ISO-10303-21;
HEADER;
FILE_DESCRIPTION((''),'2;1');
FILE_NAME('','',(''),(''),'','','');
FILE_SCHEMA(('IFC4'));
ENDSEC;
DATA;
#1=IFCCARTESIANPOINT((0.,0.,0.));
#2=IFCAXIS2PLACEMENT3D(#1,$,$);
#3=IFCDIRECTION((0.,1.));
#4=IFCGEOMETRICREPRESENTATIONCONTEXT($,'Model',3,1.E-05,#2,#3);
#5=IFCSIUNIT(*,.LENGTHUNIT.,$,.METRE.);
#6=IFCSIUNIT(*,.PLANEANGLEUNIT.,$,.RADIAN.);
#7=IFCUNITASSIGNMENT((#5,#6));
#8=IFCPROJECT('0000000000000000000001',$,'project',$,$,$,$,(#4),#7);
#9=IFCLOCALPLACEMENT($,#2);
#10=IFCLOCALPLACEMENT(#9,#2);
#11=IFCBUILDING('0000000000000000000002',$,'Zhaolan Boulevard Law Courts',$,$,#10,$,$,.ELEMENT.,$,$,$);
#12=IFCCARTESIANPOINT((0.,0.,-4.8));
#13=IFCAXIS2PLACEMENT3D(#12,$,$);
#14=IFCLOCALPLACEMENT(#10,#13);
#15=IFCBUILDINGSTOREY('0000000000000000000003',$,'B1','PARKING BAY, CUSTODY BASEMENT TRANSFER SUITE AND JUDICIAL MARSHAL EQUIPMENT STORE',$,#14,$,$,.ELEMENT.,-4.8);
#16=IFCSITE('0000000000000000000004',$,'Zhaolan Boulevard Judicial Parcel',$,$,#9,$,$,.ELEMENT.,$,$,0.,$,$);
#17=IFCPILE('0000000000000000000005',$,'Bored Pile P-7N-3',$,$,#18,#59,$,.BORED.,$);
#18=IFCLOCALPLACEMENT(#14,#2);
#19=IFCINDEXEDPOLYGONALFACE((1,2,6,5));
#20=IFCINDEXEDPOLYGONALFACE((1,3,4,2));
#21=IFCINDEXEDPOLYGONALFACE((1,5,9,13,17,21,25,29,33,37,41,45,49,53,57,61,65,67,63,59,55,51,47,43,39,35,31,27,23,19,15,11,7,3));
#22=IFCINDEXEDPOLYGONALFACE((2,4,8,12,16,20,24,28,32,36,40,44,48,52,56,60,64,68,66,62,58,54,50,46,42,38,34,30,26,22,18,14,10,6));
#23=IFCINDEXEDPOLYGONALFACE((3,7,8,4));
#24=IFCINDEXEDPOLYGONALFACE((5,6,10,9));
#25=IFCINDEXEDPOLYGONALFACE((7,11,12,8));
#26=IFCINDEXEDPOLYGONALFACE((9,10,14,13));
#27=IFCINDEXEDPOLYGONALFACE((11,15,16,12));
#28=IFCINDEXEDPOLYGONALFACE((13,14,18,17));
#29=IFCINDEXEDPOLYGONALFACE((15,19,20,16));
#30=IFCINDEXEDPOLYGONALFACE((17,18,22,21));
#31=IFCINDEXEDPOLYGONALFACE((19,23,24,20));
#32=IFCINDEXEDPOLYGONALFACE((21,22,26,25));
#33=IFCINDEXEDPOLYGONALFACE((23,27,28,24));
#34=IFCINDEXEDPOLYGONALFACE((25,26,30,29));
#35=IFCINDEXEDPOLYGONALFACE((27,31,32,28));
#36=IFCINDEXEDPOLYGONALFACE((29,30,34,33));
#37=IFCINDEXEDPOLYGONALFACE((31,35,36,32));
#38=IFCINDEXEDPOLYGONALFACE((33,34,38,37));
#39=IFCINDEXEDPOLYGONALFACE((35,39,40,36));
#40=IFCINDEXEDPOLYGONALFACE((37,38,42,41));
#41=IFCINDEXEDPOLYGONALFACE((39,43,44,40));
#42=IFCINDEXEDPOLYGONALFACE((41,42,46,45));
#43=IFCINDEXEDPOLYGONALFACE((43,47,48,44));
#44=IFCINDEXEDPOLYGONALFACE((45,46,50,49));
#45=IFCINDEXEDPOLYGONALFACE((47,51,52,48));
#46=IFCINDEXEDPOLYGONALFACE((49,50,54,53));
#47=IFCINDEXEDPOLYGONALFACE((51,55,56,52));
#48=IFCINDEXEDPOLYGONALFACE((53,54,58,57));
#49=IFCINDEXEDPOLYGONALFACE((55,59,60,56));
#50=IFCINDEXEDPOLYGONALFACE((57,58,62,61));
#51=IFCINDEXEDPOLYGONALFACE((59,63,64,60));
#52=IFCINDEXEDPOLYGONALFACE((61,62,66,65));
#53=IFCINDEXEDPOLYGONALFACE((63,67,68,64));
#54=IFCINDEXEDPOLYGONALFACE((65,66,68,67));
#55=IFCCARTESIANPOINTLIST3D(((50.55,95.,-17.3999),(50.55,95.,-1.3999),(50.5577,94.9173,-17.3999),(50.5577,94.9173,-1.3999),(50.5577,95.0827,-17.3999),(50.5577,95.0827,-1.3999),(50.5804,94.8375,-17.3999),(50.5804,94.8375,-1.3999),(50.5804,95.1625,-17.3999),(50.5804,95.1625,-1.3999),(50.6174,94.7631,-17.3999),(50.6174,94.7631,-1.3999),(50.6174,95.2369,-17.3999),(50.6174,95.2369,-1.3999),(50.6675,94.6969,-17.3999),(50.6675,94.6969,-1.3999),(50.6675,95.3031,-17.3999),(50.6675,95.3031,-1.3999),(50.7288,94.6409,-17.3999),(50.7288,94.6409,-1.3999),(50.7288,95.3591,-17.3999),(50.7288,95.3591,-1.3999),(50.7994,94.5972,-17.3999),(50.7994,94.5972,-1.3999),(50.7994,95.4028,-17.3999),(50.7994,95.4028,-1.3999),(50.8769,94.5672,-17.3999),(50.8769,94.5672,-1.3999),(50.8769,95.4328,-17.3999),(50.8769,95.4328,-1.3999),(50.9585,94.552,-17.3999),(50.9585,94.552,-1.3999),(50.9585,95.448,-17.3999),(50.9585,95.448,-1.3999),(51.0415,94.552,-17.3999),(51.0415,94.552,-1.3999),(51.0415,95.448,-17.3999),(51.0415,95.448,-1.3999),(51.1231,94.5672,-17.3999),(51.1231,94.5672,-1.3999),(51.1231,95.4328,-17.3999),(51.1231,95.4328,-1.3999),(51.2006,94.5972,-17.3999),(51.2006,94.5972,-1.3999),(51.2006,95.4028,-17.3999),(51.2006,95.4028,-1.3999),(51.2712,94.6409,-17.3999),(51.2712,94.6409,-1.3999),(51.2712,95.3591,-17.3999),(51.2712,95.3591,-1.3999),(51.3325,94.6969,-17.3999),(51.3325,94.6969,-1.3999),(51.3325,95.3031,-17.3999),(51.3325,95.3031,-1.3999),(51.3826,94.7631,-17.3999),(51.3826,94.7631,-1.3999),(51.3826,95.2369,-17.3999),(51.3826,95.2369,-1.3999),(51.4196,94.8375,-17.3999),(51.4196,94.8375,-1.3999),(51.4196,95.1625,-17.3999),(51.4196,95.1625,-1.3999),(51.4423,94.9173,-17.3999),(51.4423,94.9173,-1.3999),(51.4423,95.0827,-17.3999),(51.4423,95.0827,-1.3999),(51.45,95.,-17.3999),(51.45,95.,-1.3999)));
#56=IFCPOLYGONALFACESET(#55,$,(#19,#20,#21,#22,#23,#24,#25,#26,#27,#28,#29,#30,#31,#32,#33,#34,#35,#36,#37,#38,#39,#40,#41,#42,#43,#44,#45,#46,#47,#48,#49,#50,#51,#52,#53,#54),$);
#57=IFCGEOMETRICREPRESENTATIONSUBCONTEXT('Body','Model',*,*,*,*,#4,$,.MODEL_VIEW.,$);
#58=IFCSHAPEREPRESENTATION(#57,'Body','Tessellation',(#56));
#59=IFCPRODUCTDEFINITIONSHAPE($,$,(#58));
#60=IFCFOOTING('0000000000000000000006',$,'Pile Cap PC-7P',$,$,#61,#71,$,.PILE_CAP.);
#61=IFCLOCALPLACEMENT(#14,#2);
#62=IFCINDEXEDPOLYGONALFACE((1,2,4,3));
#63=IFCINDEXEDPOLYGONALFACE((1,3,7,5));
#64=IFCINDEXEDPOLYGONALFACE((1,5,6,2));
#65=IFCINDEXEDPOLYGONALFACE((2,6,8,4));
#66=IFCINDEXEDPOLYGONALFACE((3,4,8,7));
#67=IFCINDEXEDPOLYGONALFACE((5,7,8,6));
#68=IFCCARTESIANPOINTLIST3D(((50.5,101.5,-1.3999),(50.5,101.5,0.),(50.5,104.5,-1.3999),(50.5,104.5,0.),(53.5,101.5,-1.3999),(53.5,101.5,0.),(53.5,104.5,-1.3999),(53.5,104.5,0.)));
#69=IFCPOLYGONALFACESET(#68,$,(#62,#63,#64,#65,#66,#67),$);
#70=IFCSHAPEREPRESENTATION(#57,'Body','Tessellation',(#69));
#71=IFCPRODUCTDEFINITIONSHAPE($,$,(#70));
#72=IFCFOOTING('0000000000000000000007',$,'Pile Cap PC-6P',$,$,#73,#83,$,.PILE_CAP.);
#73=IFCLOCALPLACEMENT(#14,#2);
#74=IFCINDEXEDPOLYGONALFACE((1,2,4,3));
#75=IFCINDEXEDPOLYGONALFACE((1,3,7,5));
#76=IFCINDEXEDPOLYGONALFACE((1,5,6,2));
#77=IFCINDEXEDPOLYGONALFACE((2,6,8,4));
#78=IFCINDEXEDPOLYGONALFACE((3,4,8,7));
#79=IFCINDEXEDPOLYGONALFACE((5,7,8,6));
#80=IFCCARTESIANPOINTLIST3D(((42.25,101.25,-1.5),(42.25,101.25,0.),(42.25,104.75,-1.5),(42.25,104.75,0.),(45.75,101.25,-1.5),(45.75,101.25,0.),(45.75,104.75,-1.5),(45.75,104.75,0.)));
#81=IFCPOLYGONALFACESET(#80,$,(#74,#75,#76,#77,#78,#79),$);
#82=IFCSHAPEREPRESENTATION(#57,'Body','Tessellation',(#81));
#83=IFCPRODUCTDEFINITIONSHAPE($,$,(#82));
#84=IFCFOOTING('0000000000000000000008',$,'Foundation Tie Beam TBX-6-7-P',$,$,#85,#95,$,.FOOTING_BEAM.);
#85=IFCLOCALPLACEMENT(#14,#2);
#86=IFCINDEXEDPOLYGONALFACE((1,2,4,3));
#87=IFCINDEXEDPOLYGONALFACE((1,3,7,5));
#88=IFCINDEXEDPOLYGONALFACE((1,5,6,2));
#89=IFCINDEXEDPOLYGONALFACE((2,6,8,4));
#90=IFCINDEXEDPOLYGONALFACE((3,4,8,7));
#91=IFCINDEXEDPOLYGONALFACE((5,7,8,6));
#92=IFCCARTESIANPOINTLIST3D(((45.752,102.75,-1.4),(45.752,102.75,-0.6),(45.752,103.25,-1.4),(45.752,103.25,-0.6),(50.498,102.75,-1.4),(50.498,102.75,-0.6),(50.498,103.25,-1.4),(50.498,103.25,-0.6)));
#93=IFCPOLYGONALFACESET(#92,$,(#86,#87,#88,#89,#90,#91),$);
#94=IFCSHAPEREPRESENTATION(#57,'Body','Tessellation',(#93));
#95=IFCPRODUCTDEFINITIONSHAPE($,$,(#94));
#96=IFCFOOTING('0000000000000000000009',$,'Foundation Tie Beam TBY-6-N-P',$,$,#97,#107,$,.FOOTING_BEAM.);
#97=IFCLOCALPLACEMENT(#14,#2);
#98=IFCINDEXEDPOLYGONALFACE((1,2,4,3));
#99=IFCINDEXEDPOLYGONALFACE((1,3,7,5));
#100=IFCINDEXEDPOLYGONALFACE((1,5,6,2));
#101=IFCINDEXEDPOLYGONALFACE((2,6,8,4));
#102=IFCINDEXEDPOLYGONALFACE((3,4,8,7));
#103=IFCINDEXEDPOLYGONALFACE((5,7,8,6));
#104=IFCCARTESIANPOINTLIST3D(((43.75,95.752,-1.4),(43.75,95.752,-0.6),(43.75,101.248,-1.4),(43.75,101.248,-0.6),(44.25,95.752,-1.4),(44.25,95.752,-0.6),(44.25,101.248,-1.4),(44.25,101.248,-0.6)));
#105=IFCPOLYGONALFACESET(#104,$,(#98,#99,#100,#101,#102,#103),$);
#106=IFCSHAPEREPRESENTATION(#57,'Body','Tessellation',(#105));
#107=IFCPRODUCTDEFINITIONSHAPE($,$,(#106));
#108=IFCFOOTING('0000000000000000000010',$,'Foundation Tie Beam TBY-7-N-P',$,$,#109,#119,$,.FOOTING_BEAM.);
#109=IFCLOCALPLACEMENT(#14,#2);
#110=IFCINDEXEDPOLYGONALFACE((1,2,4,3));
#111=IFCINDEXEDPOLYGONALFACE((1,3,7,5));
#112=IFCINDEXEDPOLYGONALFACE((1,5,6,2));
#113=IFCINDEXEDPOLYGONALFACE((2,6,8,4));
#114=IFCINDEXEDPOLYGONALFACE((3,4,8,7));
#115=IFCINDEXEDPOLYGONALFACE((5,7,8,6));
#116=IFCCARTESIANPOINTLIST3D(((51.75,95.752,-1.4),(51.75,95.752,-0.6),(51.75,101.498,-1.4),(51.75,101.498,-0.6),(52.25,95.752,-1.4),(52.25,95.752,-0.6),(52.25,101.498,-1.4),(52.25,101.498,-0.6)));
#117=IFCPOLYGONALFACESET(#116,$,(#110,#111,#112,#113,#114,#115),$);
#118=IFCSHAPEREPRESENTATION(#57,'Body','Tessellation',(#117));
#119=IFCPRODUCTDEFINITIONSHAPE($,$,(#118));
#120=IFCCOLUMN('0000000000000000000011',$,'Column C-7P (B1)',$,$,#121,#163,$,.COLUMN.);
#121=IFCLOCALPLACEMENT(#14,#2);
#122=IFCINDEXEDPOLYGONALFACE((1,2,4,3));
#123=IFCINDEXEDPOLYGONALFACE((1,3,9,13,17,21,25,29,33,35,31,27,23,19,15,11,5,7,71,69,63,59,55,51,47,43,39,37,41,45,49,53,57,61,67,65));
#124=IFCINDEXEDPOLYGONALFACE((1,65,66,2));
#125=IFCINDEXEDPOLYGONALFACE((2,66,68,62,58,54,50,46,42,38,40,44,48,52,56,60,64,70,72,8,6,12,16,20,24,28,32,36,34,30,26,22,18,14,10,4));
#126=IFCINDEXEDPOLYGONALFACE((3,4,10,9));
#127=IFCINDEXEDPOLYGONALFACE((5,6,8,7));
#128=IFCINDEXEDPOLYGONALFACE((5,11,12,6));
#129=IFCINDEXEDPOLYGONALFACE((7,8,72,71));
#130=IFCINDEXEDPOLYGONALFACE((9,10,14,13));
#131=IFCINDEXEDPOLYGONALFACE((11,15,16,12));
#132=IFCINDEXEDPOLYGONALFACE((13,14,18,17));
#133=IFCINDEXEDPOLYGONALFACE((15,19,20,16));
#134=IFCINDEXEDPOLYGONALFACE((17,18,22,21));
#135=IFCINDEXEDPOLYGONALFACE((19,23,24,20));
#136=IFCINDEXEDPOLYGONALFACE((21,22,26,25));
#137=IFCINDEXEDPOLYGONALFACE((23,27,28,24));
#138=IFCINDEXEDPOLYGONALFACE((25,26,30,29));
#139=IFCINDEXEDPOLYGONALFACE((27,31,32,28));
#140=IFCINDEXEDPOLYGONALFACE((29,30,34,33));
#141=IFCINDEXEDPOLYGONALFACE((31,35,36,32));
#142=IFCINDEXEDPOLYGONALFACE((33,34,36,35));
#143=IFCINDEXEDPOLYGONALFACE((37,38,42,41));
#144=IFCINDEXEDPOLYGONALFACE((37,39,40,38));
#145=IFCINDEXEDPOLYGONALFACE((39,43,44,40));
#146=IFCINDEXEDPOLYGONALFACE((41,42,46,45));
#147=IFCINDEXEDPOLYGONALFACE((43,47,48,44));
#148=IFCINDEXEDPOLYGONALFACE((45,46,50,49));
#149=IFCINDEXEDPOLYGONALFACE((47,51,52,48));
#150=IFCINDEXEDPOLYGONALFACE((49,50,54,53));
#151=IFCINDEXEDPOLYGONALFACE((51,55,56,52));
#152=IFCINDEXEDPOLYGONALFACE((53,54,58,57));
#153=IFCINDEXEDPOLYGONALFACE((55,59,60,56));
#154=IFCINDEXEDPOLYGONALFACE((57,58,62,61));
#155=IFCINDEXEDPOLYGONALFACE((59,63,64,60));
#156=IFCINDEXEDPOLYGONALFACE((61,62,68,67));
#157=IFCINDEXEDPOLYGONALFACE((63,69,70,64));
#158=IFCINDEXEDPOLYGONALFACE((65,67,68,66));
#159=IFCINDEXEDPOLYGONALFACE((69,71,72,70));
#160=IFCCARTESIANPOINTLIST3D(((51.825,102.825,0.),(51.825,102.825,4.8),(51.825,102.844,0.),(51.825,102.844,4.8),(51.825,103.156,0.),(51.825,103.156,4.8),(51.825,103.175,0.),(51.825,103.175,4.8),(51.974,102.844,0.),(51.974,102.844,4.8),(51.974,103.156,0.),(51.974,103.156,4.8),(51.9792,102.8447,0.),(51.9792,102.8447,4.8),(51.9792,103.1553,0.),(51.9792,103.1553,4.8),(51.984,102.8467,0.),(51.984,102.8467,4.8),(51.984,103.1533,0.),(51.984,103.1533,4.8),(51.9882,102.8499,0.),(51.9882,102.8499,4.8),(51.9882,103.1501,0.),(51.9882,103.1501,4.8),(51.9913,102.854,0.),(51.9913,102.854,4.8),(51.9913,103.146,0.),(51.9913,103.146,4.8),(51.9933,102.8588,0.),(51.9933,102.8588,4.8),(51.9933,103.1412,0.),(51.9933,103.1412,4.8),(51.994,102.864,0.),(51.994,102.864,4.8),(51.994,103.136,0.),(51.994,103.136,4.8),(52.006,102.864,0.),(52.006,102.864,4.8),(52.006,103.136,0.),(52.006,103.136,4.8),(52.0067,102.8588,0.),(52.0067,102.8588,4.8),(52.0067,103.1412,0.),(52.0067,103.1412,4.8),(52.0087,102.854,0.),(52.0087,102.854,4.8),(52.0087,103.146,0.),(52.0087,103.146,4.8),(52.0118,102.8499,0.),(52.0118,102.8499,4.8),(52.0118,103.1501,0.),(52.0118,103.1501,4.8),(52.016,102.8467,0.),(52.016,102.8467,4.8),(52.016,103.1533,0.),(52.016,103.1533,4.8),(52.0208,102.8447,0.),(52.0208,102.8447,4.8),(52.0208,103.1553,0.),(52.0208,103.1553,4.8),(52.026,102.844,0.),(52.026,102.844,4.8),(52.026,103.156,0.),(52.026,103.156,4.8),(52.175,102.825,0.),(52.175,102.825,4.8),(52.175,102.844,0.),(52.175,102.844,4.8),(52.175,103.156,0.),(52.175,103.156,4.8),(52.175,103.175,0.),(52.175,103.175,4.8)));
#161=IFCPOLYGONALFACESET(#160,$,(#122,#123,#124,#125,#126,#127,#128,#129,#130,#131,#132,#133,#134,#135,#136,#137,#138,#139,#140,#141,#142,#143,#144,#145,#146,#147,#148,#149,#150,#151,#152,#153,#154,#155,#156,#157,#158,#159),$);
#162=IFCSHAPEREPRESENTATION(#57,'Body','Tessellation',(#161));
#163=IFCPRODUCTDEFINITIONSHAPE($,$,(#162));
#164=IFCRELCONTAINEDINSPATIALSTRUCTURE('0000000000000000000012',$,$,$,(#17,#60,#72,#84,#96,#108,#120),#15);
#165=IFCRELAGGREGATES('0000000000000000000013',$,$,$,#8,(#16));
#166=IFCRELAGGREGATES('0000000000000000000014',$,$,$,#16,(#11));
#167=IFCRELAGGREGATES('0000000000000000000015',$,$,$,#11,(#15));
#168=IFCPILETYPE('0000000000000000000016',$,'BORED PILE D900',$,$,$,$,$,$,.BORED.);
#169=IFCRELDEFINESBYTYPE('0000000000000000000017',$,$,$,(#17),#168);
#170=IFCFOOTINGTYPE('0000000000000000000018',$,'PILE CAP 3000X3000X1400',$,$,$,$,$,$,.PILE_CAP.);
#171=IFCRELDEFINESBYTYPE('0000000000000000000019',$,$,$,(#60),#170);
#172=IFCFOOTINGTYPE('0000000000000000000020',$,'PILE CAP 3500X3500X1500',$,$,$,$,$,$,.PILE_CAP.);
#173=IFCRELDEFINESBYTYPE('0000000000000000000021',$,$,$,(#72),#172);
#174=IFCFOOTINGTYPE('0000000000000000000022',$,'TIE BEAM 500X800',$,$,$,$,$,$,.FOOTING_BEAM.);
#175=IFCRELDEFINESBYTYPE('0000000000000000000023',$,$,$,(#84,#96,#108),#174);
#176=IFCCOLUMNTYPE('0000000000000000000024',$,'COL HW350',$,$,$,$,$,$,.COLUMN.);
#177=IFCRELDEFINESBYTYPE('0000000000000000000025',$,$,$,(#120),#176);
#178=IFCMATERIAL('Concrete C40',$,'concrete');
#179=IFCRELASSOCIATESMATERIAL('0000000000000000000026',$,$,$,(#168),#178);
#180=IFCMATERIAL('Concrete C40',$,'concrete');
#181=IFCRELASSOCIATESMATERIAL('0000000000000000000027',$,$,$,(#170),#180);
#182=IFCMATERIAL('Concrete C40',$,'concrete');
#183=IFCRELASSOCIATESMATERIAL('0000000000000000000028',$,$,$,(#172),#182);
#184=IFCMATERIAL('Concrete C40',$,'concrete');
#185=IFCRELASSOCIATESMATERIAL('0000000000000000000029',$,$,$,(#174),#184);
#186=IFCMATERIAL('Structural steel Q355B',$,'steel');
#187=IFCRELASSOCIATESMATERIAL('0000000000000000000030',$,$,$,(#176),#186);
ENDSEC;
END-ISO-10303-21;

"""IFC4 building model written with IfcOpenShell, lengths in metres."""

from ifc_helpers import new_model, si_unit, direction, frame, origin, origin_2d, place, context, subcontext, project, spatial, rectangle, circle, i_section, extrude, material, material_profile, profile_set, type_object, element, save


model = new_model("IFC4")

# Units and contexts
model_context = context("Model", 3, precision=1e-05, world=origin(), true_north=direction((0.0, 1.0)))
body_context = subcontext(model_context, "Body", "Model", "MODEL_VIEW")
ifc_project = project(units=[si_unit("LENGTHUNIT", "METRE"), si_unit("PLANEANGLEUNIT", "RADIAN")], contexts=[model_context])

# Site, building, storey
site_placement = place(None, origin())
site = spatial("IfcSite", under=ifc_project, at=site_placement, Name="Zhaolan Boulevard Judicial Parcel", CompositionType="ELEMENT", RefElevation=0.0)
building_placement = place(site_placement, origin())
building = spatial("IfcBuilding", under=site, at=building_placement, Name="Zhaolan Boulevard Law Courts", CompositionType="ELEMENT")
storey_placement = place(building_placement, frame((0.0, 0.0, -4.8)))
storey = spatial("IfcBuildingStorey", under=building, at=storey_placement, Name="B1", Description="PARKING BAY, CUSTODY BASEMENT TRANSFER SUITE AND JUDICIAL MARSHAL EQUIPMENT STORE", CompositionType="ELEMENT", Elevation=-4.8)

# Pile
ifc_material_1 = material(Name="Concrete C40", Category="concrete")
ifc_material_profile_1 = material_profile(ifc_material_1, circle(Radius=0.45, at=origin_2d()), Name="PILE-D900")
ifc_profile_set_1 = profile_set([ifc_material_profile_1], Name="Concrete C40")
pile_type_1 = type_object("IfcPileType", Name="BORED PILE D900", PredefinedType="BORED", material=ifc_profile_set_1)
for number, where, z_axis, x_axis, name in (
    (1, (51.0, 95.0, -1.3999), (0.0, 0.0, -1.0), (1.0, 0.0, 0.0), "Bored Pile P-7N-3"),
):
    element("IfcPile", number, at=place(storey_placement, frame(where, z_axis=z_axis, x_axis=x_axis)), inside=storey, type_object=pile_type_1, Name=name, PredefinedType="BORED", context=body_context, shape_type="SweptSolid", body=[
        extrude(circle(Radius=0.45, at=origin_2d()), origin(), (0.0, 0.0, 1.0), 16.0),
    ])

# Footings
ifc_material_2 = material(Name="Concrete C40", Category="concrete")
footing_type_1 = type_object("IfcFootingType", Name="PILE CAP 3000X3000X1400", PredefinedType="PILE_CAP", material=ifc_material_2)
footing_1_placement = place(storey_placement, frame((52.0, 103.0, -1.3999), z_axis=(0.0, 0.0, 1.0), x_axis=(1.0, 0.0, 0.0)))
element("IfcFooting", 2, at=footing_1_placement, inside=storey, type_object=footing_type_1, Name="Pile Cap PC-7P", PredefinedType="PILE_CAP", context=body_context, shape_type="SweptSolid", body=[
    extrude(rectangle(XDim=3.0, YDim=3.0, at=origin_2d()), origin(), (0.0, 0.0, 1.0), 1.3999),
])
ifc_material_3 = material(Name="Concrete C40", Category="concrete")
footing_type_2 = type_object("IfcFootingType", Name="PILE CAP 3500X3500X1500", PredefinedType="PILE_CAP", material=ifc_material_3)
footing_2_placement = place(storey_placement, frame((44.0, 103.0, -1.5), z_axis=(0.0, 0.0, 1.0), x_axis=(1.0, 0.0, 0.0)))
element("IfcFooting", 3, at=footing_2_placement, inside=storey, type_object=footing_type_2, Name="Pile Cap PC-6P", PredefinedType="PILE_CAP", context=body_context, shape_type="SweptSolid", body=[
    extrude(rectangle(XDim=3.5, YDim=3.5, at=origin_2d()), origin(), (0.0, 0.0, 1.0), 1.5),
])
ifc_material_4 = material(Name="Concrete C40", Category="concrete")
ifc_material_profile_2 = material_profile(ifc_material_4, rectangle(XDim=0.5, YDim=0.8, at=origin_2d()), Name="RC500x800")
ifc_profile_set_2 = profile_set([ifc_material_profile_2], Name="Concrete C40")
footing_type_3 = type_object("IfcFootingType", Name="TIE BEAM 500X800", PredefinedType="FOOTING_BEAM", material=ifc_profile_set_2)
footing_3_placement = place(storey_placement, frame((45.752, 103.0, -1.0), z_axis=(1.0, 0.0, 0.0), x_axis=(0.0, 1.0, 0.0)))
element("IfcFooting", 4, at=footing_3_placement, inside=storey, type_object=footing_type_3, Name="Foundation Tie Beam TBX-6-7-P", PredefinedType="FOOTING_BEAM", context=body_context, shape_type="SweptSolid", body=[
    extrude(rectangle(XDim=0.5, YDim=0.8, at=origin_2d()), origin(), (0.0, 0.0, 1.0), 4.7461),
])
footing_4_placement = place(storey_placement, frame((44.0, 95.752, -1.0), z_axis=(0.0, 1.0, 0.0), x_axis=(-1.0, 0.0, 0.0)))
element("IfcFooting", 5, at=footing_4_placement, inside=storey, type_object=footing_type_3, Name="Foundation Tie Beam TBY-6-N-P", PredefinedType="FOOTING_BEAM", context=body_context, shape_type="SweptSolid", body=[
    extrude(rectangle(XDim=0.5, YDim=0.8, at=origin_2d()), origin(), (0.0, 0.0, 1.0), 5.4961),
])
footing_5_placement = place(storey_placement, frame((52.0, 95.752, -1.0), z_axis=(0.0, 1.0, 0.0), x_axis=(-1.0, 0.0, 0.0)))
element("IfcFooting", 6, at=footing_5_placement, inside=storey, type_object=footing_type_3, Name="Foundation Tie Beam TBY-7-N-P", PredefinedType="FOOTING_BEAM", context=body_context, shape_type="SweptSolid", body=[
    extrude(rectangle(XDim=0.5, YDim=0.8, at=origin_2d()), origin(), (0.0, 0.0, 1.0), 5.7461),
])

# Column
ifc_material_5 = material(Name="Structural steel Q355B", Category="steel")
ifc_material_profile_3 = material_profile(ifc_material_5, i_section(OverallWidth=0.3501, OverallDepth=0.3501, WebThickness=0.012, FlangeThickness=0.019, FilletRadius=0.02, at=origin_2d()), Name="HW350x350")
ifc_profile_set_3 = profile_set([ifc_material_profile_3], Name="Structural steel Q355B")
column_type_1 = type_object("IfcColumnType", Name="COL HW350", PredefinedType="COLUMN", material=ifc_profile_set_3)
column_1_placement = place(storey_placement, frame((52.0, 103.0, 0.0), z_axis=(0.0, 0.0, 1.0), x_axis=(1.0, 0.0, 0.0)))
element("IfcColumn", 7, at=column_1_placement, inside=storey, type_object=column_type_1, Name="Column C-7P (B1)", PredefinedType="COLUMN", context=body_context, shape_type="SweptSolid", body=[
    extrude(i_section(OverallWidth=0.3501, OverallDepth=0.3501, WebThickness=0.012, FlangeThickness=0.019, FilletRadius=0.02, at=origin_2d()), origin(), (0.0, 0.0, 1.0), 4.8),
])

save(model, "model.ifc")
